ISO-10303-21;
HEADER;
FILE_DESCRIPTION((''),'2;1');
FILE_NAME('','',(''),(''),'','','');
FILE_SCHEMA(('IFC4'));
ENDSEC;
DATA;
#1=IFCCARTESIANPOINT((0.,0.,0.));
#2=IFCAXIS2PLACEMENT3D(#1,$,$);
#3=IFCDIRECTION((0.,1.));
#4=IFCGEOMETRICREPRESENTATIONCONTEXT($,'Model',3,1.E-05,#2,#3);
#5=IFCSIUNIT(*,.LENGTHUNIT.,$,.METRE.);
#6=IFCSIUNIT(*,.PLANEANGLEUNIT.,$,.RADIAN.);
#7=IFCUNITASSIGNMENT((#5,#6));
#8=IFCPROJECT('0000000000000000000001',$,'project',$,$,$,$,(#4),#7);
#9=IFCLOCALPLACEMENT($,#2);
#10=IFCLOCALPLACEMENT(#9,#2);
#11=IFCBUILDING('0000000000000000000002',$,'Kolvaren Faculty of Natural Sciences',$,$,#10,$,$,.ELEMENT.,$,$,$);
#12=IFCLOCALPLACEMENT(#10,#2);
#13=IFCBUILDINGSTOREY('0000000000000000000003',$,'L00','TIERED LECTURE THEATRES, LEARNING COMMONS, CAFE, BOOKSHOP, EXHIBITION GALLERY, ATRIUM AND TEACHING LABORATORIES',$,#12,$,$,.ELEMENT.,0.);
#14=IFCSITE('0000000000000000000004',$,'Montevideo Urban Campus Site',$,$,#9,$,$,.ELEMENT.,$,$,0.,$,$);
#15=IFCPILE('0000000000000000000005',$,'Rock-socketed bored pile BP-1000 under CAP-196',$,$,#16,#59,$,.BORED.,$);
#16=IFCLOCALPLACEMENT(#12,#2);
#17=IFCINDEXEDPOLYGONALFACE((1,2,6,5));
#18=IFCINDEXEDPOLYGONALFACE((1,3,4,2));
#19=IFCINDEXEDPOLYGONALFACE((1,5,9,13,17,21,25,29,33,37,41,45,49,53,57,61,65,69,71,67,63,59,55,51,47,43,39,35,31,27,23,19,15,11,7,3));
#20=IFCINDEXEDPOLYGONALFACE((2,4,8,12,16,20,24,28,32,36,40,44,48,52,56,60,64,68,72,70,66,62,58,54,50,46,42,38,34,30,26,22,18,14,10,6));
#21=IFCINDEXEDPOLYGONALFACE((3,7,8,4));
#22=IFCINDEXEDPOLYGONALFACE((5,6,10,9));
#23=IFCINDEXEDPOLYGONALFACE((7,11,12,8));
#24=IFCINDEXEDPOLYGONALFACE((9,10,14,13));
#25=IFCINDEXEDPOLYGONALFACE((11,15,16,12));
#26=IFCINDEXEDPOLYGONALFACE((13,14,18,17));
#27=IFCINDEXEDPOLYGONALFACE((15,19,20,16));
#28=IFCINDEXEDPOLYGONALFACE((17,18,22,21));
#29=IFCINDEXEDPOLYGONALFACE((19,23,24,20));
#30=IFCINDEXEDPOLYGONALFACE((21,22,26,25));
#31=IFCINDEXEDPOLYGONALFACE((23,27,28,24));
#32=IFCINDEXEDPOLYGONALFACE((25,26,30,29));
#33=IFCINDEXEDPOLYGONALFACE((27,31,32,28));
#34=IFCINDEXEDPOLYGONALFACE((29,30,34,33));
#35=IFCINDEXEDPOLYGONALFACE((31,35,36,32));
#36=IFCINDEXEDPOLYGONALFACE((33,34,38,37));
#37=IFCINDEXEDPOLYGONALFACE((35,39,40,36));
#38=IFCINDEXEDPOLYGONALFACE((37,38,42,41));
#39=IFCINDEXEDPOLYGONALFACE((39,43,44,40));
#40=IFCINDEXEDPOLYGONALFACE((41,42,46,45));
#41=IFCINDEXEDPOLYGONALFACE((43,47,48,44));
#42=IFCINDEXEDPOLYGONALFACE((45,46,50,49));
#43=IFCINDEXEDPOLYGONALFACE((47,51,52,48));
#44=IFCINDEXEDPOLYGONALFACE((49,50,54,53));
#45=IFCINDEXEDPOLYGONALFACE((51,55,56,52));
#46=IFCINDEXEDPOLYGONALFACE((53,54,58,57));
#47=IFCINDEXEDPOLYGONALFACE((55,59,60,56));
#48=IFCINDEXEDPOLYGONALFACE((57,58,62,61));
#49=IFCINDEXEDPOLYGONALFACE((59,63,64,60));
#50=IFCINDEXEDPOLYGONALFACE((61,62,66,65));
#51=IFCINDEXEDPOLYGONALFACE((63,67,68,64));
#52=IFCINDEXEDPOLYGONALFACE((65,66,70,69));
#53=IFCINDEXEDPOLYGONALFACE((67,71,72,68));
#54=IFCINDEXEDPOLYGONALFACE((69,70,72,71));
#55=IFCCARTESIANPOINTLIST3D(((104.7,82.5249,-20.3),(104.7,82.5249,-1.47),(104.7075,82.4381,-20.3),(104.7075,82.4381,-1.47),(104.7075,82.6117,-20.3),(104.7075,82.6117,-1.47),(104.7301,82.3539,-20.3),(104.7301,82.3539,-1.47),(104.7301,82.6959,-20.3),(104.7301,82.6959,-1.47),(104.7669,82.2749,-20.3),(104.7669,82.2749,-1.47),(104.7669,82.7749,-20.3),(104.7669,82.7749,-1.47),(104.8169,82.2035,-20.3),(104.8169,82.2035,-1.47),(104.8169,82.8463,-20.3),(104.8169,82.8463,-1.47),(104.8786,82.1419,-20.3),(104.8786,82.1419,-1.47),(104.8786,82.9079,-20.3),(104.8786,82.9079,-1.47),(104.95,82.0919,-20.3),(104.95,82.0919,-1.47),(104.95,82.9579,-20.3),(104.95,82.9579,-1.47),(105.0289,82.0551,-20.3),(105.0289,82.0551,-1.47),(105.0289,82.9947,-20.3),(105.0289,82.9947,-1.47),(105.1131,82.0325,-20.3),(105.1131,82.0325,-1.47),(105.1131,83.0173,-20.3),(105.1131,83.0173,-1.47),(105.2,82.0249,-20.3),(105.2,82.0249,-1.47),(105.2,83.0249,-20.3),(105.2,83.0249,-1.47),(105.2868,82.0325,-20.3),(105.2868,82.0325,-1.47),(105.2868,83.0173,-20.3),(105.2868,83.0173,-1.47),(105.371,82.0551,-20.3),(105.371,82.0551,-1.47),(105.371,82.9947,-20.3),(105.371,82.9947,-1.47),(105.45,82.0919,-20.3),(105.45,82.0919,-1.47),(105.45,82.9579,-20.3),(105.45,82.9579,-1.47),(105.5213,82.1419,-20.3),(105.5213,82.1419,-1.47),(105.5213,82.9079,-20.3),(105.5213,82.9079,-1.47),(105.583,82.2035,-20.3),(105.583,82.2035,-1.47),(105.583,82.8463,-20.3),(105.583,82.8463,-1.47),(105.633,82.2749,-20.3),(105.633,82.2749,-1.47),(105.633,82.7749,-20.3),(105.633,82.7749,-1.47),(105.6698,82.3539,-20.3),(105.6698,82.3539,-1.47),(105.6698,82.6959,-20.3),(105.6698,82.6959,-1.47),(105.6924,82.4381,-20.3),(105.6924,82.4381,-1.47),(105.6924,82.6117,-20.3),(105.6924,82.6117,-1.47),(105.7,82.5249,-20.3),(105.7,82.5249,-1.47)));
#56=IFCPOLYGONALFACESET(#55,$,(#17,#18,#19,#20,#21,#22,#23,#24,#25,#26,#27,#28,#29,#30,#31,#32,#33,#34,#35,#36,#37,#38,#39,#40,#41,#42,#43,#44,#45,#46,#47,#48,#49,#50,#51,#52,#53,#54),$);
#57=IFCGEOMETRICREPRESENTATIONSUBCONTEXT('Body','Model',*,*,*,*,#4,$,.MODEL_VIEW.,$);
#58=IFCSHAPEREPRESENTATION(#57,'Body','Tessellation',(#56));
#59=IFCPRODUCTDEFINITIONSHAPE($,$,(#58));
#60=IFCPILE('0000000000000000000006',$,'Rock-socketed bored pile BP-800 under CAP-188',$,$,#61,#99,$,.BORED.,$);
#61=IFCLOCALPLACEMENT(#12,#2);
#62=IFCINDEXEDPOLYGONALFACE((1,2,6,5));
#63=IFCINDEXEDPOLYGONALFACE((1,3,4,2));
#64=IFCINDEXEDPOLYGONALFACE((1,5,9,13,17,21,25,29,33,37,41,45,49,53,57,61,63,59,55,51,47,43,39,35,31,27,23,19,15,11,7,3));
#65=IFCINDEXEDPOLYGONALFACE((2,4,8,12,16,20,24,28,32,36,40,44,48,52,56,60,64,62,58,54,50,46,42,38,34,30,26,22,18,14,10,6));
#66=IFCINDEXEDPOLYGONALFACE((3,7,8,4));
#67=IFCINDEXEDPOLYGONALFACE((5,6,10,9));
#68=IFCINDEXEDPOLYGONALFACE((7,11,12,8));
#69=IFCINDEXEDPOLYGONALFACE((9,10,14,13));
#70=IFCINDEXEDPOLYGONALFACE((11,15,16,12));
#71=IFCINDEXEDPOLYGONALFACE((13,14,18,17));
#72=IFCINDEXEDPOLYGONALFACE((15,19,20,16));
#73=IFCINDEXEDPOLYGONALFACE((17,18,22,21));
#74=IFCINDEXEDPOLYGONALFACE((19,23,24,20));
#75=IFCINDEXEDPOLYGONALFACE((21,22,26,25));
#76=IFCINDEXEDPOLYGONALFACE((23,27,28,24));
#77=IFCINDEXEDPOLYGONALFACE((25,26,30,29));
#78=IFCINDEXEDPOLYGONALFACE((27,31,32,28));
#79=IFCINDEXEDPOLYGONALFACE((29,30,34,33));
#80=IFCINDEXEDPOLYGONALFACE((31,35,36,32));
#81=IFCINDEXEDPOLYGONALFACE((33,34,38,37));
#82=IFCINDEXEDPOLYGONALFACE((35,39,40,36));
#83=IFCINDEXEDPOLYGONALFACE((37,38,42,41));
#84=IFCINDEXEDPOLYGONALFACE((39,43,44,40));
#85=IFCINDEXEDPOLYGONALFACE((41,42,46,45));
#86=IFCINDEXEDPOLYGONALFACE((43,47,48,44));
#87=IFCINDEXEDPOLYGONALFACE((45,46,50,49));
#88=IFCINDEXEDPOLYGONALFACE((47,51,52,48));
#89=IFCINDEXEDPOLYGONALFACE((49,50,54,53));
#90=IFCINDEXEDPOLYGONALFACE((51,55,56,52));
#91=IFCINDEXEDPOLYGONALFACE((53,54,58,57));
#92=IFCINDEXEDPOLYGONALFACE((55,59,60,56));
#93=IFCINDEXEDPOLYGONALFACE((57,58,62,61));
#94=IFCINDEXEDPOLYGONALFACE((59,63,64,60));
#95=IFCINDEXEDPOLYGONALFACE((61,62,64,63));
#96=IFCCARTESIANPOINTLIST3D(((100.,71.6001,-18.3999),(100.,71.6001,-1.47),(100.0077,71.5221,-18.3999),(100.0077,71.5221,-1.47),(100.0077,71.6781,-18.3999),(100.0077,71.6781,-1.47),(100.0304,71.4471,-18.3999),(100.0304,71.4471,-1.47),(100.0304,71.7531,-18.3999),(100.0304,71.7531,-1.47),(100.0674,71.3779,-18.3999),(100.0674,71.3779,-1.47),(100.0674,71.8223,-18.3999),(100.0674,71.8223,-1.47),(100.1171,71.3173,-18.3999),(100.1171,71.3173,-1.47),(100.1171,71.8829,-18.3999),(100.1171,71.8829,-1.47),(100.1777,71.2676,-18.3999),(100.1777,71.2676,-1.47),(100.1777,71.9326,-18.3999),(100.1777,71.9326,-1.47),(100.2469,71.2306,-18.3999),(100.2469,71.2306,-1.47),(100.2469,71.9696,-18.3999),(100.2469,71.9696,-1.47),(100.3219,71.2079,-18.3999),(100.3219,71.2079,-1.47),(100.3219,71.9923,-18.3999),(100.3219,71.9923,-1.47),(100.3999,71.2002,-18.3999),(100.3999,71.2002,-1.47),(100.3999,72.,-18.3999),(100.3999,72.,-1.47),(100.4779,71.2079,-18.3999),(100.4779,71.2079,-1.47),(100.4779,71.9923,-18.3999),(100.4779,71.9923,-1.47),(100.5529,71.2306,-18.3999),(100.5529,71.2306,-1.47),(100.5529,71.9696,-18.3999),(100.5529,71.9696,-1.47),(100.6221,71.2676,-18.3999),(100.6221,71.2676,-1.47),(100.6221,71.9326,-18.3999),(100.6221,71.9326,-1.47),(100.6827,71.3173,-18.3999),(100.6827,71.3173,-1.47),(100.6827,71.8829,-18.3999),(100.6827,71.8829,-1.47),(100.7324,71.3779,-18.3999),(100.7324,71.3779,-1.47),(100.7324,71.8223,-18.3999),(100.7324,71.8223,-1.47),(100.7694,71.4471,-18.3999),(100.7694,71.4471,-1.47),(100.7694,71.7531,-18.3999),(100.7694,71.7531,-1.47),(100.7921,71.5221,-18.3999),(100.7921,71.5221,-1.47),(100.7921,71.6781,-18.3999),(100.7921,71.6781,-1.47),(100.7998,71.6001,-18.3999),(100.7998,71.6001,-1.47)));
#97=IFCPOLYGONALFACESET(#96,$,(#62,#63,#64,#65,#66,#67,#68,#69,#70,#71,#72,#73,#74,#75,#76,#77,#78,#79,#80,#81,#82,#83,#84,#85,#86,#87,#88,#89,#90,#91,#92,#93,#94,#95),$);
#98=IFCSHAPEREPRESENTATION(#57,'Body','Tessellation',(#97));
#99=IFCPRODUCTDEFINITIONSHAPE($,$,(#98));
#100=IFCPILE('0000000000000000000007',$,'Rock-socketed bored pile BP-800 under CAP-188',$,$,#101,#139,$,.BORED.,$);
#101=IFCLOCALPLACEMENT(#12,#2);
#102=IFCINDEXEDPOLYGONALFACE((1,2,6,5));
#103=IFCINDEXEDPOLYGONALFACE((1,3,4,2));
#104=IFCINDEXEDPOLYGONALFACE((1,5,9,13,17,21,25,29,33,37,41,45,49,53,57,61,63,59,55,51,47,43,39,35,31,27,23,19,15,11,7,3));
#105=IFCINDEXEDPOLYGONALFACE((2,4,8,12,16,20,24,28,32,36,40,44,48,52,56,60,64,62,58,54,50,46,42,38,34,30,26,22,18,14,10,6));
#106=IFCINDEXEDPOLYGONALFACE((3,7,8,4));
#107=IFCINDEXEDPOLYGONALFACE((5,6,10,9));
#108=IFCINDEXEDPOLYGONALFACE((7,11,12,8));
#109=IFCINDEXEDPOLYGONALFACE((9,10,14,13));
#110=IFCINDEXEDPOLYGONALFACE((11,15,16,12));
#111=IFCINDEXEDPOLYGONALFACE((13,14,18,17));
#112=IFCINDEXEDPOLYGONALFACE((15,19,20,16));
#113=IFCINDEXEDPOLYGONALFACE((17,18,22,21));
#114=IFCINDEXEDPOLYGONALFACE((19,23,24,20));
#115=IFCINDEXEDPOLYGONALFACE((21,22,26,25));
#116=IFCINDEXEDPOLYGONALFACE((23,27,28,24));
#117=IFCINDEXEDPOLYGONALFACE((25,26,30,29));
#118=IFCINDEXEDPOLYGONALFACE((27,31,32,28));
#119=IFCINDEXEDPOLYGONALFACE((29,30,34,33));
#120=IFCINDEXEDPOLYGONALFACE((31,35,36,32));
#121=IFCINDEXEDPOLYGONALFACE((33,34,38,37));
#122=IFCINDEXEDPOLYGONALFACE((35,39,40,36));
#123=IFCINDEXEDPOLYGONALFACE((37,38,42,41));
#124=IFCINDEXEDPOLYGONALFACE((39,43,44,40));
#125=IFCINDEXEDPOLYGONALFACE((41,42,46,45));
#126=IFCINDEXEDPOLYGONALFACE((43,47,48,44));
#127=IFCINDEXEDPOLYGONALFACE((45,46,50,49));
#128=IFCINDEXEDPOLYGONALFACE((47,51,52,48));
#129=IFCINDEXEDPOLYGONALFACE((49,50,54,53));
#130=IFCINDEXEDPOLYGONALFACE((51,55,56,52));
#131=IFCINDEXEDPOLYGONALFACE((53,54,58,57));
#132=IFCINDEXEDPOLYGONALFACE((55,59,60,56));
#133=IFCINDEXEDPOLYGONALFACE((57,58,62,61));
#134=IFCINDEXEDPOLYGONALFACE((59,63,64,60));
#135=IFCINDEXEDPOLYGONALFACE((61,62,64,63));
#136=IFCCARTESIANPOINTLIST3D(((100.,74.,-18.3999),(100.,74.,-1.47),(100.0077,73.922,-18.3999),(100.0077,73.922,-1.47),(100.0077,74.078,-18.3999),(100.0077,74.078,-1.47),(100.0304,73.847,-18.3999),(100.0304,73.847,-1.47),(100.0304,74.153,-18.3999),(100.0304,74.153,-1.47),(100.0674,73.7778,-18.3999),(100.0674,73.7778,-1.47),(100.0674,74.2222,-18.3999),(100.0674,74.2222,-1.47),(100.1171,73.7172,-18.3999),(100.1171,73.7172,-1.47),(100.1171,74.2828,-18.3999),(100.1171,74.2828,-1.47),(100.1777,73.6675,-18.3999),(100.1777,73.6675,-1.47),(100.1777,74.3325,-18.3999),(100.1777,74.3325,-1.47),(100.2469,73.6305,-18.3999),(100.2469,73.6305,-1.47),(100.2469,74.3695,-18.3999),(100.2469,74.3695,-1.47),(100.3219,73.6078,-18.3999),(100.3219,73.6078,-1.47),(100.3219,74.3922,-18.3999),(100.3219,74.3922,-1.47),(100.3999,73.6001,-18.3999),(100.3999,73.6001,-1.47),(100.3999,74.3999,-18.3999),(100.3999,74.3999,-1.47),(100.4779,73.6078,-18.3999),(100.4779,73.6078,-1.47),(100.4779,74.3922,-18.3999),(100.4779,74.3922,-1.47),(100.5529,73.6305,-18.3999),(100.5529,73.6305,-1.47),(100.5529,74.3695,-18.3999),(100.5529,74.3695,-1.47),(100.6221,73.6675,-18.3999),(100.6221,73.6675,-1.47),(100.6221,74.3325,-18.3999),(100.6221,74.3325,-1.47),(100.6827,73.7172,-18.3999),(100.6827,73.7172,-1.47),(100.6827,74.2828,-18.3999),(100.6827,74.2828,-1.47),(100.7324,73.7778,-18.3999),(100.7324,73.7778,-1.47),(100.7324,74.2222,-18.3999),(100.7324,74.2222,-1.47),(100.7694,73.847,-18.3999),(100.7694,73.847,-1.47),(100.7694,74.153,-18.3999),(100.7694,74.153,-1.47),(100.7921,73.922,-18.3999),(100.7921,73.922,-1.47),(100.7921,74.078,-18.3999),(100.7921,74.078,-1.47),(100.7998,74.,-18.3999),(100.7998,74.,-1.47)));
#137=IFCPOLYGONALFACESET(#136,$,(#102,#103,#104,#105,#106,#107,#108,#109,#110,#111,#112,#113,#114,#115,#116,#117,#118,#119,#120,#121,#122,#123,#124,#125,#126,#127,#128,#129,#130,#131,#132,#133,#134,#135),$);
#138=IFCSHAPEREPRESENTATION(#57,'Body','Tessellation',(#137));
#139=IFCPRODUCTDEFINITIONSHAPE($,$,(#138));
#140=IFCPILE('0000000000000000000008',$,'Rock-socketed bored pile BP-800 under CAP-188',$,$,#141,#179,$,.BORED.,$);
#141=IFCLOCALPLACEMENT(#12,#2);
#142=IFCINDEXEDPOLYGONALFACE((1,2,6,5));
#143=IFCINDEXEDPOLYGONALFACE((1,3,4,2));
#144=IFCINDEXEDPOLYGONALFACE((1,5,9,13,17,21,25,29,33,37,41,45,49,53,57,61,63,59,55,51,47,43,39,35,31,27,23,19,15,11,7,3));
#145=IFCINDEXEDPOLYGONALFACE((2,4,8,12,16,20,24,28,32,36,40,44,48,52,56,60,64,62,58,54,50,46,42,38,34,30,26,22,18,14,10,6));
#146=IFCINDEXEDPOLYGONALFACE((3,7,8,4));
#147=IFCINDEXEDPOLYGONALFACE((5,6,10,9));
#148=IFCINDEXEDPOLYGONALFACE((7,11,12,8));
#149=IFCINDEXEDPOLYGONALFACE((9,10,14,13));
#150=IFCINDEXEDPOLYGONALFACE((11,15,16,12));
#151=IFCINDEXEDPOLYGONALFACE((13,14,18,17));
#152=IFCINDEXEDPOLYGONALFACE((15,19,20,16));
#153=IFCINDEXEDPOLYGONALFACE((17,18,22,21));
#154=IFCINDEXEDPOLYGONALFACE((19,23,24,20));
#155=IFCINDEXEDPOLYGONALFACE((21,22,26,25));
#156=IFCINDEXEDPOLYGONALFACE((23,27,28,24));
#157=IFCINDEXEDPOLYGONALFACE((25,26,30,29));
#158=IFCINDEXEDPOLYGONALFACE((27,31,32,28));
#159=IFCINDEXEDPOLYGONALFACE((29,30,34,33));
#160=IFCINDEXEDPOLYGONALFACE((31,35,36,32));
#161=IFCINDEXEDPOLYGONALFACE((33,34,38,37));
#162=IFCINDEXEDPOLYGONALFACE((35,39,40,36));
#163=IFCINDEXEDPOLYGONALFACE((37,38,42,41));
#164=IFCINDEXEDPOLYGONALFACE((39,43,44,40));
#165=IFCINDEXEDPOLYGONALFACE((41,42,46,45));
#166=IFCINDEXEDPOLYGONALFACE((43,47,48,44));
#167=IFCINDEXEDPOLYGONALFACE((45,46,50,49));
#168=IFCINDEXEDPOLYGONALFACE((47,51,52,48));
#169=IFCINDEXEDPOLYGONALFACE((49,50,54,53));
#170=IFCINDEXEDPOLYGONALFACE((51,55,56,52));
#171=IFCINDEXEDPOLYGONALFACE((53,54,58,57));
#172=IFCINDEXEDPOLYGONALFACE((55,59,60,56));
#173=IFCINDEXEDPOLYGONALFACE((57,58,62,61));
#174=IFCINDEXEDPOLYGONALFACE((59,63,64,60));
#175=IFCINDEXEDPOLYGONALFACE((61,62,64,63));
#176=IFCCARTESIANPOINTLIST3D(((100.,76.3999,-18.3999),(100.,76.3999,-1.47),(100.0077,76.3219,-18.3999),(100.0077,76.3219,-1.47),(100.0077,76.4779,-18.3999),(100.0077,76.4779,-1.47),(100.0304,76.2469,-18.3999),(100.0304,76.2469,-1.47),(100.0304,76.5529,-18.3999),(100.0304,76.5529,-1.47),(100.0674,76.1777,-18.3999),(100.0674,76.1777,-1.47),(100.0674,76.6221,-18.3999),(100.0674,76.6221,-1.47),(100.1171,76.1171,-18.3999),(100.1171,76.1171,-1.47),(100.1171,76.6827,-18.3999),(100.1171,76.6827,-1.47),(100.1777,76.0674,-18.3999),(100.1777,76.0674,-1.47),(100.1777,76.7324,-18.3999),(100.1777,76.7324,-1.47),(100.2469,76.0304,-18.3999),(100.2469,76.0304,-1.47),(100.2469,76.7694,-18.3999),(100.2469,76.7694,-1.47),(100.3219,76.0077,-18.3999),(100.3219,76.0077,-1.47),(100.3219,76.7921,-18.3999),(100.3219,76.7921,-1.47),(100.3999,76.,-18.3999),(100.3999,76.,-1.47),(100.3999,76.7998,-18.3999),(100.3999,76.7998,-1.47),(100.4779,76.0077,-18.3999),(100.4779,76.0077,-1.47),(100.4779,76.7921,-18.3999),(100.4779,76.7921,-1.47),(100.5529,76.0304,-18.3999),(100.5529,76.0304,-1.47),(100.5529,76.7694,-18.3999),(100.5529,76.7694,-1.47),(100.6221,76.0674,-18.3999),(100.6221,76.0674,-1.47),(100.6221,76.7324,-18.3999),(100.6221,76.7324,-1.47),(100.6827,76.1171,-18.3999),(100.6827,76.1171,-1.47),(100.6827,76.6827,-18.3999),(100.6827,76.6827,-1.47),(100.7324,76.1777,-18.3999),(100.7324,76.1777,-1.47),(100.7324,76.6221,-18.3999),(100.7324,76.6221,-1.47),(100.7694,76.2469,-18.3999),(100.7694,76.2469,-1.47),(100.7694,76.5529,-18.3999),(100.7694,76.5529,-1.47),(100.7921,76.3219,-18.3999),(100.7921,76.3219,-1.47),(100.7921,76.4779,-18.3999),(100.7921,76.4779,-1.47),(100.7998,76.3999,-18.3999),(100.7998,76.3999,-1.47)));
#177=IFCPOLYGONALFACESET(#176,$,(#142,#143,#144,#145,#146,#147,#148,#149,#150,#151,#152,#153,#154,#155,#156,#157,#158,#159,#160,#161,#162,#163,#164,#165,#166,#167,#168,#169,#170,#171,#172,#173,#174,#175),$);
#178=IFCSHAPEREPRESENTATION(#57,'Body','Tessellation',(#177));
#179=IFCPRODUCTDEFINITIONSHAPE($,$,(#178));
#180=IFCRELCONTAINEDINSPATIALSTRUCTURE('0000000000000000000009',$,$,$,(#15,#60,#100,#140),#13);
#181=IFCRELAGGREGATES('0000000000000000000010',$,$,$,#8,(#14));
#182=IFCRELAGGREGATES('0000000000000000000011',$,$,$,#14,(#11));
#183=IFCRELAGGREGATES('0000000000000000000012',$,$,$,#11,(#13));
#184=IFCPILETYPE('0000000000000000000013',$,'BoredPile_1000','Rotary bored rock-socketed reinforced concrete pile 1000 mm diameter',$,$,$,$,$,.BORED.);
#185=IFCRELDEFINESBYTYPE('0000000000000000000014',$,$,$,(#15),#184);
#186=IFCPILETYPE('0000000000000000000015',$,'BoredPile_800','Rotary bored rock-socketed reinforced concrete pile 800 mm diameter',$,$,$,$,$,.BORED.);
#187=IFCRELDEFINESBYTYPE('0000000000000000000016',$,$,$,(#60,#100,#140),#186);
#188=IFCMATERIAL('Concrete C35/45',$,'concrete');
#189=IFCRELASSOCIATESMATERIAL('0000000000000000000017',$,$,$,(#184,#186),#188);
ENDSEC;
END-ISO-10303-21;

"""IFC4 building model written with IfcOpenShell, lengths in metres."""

from ifc_helpers import new_model, si_unit, direction, frame, origin, origin_2d, place, context, subcontext, project, spatial, circle, extrude, material, material_profile, profile_set, type_object, element, save


model = new_model("IFC4")

# Units and contexts
model_context = context("Model", 3, precision=1e-05, world=origin(), true_north=direction((0.0, 1.0)))
body_context = subcontext(model_context, "Body", "Model", "MODEL_VIEW")
ifc_project = project(units=[si_unit("LENGTHUNIT", "METRE"), si_unit("PLANEANGLEUNIT", "RADIAN")], contexts=[model_context])

# Site, building, storey
site_placement = place(None, origin())
site = spatial("IfcSite", under=ifc_project, at=site_placement, Name="Montevideo Urban Campus Site", CompositionType="ELEMENT", RefElevation=0.0)
building_placement = place(site_placement, origin())
building = spatial("IfcBuilding", under=site, at=building_placement, Name="Kolvaren Faculty of Natural Sciences", CompositionType="ELEMENT")
storey_placement = place(building_placement, origin())
storey = spatial("IfcBuildingStorey", under=building, at=storey_placement, Name="L00", Description="TIERED LECTURE THEATRES, LEARNING COMMONS, CAFE, BOOKSHOP, EXHIBITION GALLERY, ATRIUM AND TEACHING LABORATORIES", CompositionType="ELEMENT", Elevation=0.0)

# Piles
ifc_material_1 = material(Name="Concrete C35/45", Category="concrete")
ifc_material_profile_1 = material_profile(ifc_material_1, circle(Radius=0.5, at=origin_2d()), Name="PILE D1000")
ifc_profile_set_1 = profile_set([ifc_material_profile_1], Name="Concrete C35/45")
pile_type_1 = type_object("IfcPileType", Name="BoredPile_1000", Description="Rotary bored rock-socketed reinforced concrete pile 1000 mm diameter", PredefinedType="BORED", material=ifc_profile_set_1)
pile_placement = place(storey_placement, frame((105.2, 82.5249, -1.47), z_axis=(0.0, 0.0, -1.0), x_axis=(1.0, 0.0, 0.0)))
element("IfcPile", 1, at=pile_placement, inside=storey, type_object=pile_type_1, Name="Rock-socketed bored pile BP-1000 under CAP-196", PredefinedType="BORED", context=body_context, shape_type="SweptSolid", body=[
    extrude(circle(Radius=0.5, at=origin_2d()), origin(), (0.0, 0.0, 1.0), 18.8301),
])
ifc_material_profile_2 = material_profile(ifc_material_1, circle(Radius=0.3999, at=origin_2d()), Name="PILE D800")
ifc_profile_set_2 = profile_set([ifc_material_profile_2], Name="Concrete C35/45")
pile_type_2 = type_object("IfcPileType", Name="BoredPile_800", Description="Rotary bored rock-socketed reinforced concrete pile 800 mm diameter", PredefinedType="BORED", material=ifc_profile_set_2)
for number, where, z_axis, x_axis, name in (
    (2, (100.3999, 71.6001, -1.47), (0.0, 0.0, -1.0), (1.0, 0.0, 0.0), "Rock-socketed bored pile BP-800 under CAP-188"),
    (3, (100.3999, 74.0, -1.47), (0.0, 0.0, -1.0), (1.0, 0.0, 0.0), "Rock-socketed bored pile BP-800 under CAP-188"),
    (4, (100.3999, 76.3999, -1.47), (0.0, 0.0, -1.0), (1.0, 0.0, 0.0), "Rock-socketed bored pile BP-800 under CAP-188"),
):
    element("IfcPile", number, at=place(storey_placement, frame(where, z_axis=z_axis, x_axis=x_axis)), inside=storey, type_object=pile_type_2, Name=name, PredefinedType="BORED", context=body_context, shape_type="SweptSolid", body=[
        extrude(circle(Radius=0.3999, at=origin_2d()), origin(), (0.0, 0.0, 1.0), 16.9299),
    ])

save(model, "model.ifc")
